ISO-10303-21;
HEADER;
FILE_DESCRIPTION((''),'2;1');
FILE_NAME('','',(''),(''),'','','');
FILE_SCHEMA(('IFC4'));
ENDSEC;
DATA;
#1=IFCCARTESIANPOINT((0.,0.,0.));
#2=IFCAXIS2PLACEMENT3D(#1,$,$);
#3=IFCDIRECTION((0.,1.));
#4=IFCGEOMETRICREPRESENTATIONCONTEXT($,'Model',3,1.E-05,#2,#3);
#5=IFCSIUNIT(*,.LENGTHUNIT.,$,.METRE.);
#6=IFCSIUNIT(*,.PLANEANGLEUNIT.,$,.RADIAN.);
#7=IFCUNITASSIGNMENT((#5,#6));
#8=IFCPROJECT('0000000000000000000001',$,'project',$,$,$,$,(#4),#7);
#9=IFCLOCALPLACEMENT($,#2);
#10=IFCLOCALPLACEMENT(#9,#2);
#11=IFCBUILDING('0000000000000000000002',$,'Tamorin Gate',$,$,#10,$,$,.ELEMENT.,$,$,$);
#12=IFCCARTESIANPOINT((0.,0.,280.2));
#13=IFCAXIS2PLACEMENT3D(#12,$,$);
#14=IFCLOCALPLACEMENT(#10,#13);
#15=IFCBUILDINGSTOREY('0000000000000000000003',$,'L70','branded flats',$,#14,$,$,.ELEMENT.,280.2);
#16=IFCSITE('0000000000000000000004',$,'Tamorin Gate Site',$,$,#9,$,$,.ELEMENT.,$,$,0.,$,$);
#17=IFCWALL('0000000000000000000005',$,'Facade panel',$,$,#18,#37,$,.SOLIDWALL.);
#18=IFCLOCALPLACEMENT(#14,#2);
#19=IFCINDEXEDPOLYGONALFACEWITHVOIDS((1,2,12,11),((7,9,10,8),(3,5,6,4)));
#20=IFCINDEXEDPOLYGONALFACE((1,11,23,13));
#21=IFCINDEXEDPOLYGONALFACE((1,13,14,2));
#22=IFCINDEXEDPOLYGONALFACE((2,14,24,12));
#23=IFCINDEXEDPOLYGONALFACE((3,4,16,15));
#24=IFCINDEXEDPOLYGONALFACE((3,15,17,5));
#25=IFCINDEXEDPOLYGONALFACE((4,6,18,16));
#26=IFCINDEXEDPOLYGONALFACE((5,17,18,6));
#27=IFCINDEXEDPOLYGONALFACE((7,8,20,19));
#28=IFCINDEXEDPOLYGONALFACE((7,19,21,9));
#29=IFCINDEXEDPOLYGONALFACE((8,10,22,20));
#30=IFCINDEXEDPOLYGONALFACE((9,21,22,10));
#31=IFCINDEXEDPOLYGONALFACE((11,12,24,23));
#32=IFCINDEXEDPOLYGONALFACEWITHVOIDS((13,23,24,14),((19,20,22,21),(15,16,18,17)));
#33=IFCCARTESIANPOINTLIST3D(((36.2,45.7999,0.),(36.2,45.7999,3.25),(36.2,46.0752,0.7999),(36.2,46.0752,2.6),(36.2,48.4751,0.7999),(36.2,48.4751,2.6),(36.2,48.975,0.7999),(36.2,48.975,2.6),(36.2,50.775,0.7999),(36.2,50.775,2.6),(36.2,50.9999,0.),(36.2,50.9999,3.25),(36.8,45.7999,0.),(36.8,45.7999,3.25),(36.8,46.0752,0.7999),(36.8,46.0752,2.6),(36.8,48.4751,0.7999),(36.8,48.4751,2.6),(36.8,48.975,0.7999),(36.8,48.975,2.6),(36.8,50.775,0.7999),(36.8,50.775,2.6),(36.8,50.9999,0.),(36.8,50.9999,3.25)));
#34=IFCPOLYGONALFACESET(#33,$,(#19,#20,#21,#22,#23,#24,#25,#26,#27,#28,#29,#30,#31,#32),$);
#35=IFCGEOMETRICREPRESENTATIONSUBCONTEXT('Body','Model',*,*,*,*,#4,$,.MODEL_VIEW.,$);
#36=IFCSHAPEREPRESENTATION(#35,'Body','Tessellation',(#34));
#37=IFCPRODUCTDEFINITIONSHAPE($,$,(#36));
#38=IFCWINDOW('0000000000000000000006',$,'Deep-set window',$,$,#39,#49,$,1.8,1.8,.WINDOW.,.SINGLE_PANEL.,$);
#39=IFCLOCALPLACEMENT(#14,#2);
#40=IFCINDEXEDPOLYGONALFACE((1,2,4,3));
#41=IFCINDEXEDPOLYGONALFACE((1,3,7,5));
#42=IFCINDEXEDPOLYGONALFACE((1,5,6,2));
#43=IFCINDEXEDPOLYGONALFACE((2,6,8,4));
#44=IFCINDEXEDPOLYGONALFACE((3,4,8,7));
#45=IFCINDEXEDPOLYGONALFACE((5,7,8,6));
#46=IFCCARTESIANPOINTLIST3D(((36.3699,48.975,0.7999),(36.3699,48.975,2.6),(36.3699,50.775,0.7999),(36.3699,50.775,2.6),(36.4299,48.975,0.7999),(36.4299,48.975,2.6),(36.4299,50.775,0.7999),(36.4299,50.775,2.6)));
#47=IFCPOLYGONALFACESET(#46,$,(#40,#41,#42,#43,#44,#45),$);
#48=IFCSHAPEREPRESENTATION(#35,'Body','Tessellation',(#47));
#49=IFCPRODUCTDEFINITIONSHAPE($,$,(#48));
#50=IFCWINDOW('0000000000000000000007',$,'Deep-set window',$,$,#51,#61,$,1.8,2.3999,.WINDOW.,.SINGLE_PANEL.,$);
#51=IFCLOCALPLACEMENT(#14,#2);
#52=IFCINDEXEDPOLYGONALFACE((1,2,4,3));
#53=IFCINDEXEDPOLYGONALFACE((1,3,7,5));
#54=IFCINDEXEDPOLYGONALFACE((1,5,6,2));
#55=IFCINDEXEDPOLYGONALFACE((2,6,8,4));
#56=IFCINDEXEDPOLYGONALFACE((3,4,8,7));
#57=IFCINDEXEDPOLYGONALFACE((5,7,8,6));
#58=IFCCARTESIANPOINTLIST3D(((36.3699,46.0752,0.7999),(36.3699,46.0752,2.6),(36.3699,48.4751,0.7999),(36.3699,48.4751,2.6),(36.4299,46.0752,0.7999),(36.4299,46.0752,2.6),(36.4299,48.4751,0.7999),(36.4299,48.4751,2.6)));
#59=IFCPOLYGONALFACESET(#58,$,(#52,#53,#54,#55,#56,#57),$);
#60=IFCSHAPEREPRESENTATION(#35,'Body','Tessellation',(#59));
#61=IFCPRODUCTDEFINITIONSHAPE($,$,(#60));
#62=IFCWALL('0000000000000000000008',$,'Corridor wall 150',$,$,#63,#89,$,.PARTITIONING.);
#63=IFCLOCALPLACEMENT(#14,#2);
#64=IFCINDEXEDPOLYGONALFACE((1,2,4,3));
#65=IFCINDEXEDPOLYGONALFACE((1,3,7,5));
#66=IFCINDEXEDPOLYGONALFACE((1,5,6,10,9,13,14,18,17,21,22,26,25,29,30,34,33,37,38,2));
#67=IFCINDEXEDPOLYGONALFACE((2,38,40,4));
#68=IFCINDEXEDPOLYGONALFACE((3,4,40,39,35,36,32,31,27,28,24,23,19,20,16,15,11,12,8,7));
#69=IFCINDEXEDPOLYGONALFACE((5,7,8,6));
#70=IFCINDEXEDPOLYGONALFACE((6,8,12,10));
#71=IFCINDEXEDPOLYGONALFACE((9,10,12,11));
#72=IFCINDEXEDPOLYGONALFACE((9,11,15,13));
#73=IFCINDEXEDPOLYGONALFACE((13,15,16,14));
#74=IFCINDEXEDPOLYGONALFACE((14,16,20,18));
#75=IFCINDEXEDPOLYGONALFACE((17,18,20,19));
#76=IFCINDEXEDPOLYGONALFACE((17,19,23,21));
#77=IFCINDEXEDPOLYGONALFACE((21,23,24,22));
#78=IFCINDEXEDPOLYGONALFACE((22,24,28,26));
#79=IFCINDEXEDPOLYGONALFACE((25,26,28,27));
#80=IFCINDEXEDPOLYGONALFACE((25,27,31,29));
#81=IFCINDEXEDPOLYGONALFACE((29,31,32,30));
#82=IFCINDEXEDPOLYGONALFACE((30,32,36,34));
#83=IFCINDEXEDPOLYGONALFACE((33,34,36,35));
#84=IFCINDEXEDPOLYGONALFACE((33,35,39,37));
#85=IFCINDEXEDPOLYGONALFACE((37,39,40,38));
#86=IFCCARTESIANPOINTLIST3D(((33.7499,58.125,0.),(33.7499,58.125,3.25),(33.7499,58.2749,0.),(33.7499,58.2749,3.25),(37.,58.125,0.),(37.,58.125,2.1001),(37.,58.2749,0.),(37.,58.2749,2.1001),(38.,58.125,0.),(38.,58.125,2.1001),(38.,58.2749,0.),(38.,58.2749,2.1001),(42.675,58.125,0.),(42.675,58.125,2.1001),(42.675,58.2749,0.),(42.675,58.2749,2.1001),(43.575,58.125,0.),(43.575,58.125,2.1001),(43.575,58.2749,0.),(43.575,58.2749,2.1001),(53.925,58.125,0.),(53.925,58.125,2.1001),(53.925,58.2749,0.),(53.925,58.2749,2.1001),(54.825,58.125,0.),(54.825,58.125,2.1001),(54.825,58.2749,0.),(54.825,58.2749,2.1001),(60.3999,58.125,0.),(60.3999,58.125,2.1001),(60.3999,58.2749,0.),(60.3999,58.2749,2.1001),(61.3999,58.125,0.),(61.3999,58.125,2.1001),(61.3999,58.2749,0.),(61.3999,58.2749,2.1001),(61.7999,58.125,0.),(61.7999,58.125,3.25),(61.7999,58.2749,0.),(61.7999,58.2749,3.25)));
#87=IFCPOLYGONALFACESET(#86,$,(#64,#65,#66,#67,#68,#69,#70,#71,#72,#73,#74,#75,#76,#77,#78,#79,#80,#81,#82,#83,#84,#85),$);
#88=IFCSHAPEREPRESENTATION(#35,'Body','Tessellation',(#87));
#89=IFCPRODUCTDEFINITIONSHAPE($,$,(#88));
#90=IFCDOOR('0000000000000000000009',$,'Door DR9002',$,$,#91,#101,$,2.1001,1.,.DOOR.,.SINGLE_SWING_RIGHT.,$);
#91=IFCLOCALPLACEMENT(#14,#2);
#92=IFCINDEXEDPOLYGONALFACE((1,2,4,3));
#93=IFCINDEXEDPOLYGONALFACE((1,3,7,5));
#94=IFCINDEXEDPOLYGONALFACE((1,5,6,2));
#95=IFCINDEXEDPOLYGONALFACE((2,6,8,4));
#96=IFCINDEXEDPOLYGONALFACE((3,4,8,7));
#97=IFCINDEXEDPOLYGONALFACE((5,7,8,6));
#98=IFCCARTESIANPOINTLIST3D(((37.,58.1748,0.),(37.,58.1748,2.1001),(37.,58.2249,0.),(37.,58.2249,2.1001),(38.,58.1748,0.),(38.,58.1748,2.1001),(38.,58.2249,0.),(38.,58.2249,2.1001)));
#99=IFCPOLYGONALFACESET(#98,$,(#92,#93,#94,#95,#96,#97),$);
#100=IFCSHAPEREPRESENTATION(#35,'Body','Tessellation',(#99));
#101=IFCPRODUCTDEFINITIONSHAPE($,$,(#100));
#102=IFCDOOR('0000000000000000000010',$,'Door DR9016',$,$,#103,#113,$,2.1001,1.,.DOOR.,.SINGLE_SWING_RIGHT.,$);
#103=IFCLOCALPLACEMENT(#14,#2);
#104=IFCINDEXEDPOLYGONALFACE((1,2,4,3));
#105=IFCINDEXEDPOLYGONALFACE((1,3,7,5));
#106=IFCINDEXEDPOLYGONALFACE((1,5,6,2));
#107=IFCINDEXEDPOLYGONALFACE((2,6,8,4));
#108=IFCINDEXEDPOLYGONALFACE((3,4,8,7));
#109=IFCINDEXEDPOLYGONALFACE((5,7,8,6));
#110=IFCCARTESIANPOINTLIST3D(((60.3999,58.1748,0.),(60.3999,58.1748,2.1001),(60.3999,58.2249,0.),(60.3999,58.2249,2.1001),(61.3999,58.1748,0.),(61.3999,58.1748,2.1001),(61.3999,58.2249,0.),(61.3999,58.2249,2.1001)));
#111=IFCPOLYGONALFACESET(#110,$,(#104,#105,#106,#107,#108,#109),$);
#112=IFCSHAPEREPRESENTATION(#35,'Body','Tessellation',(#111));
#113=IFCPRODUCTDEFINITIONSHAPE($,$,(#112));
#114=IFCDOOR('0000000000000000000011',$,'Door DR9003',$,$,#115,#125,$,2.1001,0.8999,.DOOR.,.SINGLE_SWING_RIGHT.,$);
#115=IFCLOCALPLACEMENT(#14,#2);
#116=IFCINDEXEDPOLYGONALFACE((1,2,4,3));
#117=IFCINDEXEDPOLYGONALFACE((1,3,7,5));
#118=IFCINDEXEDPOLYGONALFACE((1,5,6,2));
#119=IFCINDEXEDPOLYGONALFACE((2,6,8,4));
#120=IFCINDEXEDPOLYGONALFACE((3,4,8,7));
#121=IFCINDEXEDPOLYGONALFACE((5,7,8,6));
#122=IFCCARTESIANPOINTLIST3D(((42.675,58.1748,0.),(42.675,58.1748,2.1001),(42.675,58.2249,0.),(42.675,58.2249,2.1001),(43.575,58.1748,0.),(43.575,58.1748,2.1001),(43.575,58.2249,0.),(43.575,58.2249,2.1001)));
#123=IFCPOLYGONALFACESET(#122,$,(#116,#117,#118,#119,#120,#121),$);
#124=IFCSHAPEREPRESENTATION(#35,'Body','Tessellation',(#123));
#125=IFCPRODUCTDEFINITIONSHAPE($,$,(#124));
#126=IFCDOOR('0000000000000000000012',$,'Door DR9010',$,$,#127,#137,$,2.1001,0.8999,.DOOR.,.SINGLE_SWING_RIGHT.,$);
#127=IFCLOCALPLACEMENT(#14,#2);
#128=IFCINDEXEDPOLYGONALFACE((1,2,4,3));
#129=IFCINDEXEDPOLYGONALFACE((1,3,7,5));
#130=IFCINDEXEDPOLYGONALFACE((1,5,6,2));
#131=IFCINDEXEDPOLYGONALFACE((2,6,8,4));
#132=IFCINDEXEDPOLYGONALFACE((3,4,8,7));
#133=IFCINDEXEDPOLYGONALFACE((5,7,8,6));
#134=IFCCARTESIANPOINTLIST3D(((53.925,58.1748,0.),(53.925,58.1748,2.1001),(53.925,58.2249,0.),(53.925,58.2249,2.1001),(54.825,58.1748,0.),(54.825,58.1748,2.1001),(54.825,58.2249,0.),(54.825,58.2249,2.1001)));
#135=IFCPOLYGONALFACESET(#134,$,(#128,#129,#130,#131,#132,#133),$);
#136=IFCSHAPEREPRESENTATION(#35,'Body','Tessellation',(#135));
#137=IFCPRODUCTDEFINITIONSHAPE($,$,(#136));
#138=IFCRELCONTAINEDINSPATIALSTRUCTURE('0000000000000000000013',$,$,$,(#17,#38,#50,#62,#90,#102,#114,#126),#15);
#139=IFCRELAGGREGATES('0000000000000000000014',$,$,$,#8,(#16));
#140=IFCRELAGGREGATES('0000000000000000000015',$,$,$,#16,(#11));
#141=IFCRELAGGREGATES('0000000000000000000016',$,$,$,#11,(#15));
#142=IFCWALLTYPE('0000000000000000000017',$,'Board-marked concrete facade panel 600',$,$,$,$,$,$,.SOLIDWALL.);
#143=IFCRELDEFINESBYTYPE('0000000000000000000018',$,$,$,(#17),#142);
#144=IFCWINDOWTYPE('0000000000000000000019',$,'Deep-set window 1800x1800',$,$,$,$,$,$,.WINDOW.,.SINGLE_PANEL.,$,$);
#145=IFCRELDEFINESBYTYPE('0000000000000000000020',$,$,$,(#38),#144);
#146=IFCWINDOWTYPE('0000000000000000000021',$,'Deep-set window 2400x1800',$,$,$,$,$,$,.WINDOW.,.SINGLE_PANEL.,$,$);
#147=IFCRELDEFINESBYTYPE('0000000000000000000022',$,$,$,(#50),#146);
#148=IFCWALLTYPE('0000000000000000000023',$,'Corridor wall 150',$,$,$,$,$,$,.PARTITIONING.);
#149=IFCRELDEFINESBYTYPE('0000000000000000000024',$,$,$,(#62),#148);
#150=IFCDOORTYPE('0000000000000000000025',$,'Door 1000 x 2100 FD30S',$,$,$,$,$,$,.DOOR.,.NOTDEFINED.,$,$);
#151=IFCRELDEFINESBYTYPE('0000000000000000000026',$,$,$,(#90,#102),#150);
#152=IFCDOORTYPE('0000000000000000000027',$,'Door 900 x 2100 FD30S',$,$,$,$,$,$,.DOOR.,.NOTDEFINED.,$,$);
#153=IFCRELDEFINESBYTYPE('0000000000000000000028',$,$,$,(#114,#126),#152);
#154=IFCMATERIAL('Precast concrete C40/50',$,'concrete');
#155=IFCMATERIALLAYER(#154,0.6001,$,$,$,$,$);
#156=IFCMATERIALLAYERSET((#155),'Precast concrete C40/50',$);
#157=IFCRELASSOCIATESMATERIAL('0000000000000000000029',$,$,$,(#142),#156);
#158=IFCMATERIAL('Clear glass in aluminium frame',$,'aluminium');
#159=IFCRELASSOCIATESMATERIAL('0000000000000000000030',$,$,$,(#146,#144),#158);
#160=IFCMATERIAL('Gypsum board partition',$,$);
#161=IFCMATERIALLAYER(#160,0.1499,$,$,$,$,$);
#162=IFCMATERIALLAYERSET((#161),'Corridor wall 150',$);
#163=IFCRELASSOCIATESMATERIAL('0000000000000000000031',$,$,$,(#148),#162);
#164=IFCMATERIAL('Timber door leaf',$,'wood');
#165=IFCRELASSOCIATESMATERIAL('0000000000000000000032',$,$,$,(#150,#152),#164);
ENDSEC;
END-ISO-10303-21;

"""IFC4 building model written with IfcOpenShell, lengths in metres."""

from ifc_helpers import new_model, si_unit, direction, frame, frame_2d, origin, place, context, subcontext, project, spatial, rectangle, extrude, material, layer, layer_set, type_object, element, fill, save


model = new_model("IFC4")

# Units and contexts
model_context = context("Model", 3, precision=1e-05, world=origin(), true_north=direction((0.0, 1.0)))
body_context = subcontext(model_context, "Body", "Model", "MODEL_VIEW")
ifc_project = project(units=[si_unit("LENGTHUNIT", "METRE"), si_unit("PLANEANGLEUNIT", "RADIAN")], contexts=[model_context])

# Site, building, storey
site_placement = place(None, origin())
site = spatial("IfcSite", under=ifc_project, at=site_placement, Name="Tamorin Gate Site", CompositionType="ELEMENT", RefElevation=0.0)
building_placement = place(site_placement, origin())
building = spatial("IfcBuilding", under=site, at=building_placement, Name="Tamorin Gate", CompositionType="ELEMENT")
storey_placement = place(building_placement, frame((0.0, 0.0, 280.2)))
storey = spatial("IfcBuildingStorey", under=building, at=storey_placement, Name="L70", Description="branded flats", CompositionType="ELEMENT", Elevation=280.2)

# Shared definitions
ifc_material_1 = material(Name="Precast concrete C40/50", Category="concrete")
ifc_layer_1 = layer(ifc_material_1, 0.6001)
ifc_layer_set_1 = layer_set([ifc_layer_1], Name="Precast concrete C40/50")
wall_type_1 = type_object("IfcWallType", Name="Board-marked concrete facade panel 600", PredefinedType="SOLIDWALL", material=ifc_layer_set_1)
ifc_material_2 = material(Name="Clear glass in aluminium frame", Category="aluminium")
window_type_1 = type_object("IfcWindowType", Name="Deep-set window 2400x1800", PartitioningType="SINGLE_PANEL", PredefinedType="WINDOW", material=ifc_material_2)

# Wall, openings, windows
window_type_2 = type_object("IfcWindowType", Name="Deep-set window 1800x1800", PartitioningType="SINGLE_PANEL", PredefinedType="WINDOW", material=ifc_material_2)
wall_1_placement = place(storey_placement, frame((36.5, 51.0, 0.0), z_axis=(0.0, 0.0, 1.0), x_axis=(0.0, -1.0, 0.0)))
wall_1 = element("IfcWall", 1, at=wall_1_placement, inside=storey, type_object=wall_type_1, Name="Facade panel", PredefinedType="SOLIDWALL", context=body_context, shape_type="SweptSolid", body=[
    extrude(rectangle(XDim=5.2, YDim=0.6001, at=frame_2d((2.6001, 0.0))), origin(), (0.0, 0.0, 1.0), 3.25),
])
opening_1_placement = place(wall_1_placement, frame((2.5249, 0.0, 0.8)))
opening_1 = element("IfcOpeningElement", 2, at=opening_1_placement, cuts=wall_1, PredefinedType="OPENING", context=body_context, shape_type="SweptSolid", body=[
    extrude(rectangle(XDim=2.3999, YDim=1.8, at=frame_2d((1.2, 0.8999))), frame((0.0, 0.3101, 0.0), z_axis=(0.0, -1.0, 0.0), x_axis=(1.0, 0.0, 0.0)), (0.0, 0.0, 1.0), 0.6201),
])
opening_2_placement = place(wall_1_placement, frame((0.2251, 0.0, 0.8)))
opening_2 = element("IfcOpeningElement", 3, at=opening_2_placement, cuts=wall_1, PredefinedType="OPENING", context=body_context, shape_type="SweptSolid", body=[
    extrude(rectangle(XDim=1.8, YDim=1.8, at=frame_2d((0.8999, 0.8999))), frame((0.0, 0.3101, 0.0), z_axis=(0.0, -1.0, 0.0), x_axis=(1.0, 0.0, 0.0)), (0.0, 0.0, 1.0), 0.6201),
])
window_1_placement = place(opening_2_placement, origin())
window_1 = element("IfcWindow", 4, at=window_1_placement, inside=storey, type_object=window_type_2, Name="Deep-set window", OverallHeight=1.8, OverallWidth=1.8, PartitioningType="SINGLE_PANEL", PredefinedType="WINDOW", context=body_context, shape_type="SweptSolid", body=[
    extrude(rectangle(XDim=1.8, YDim=1.8, at=frame_2d((0.8999, 0.8999))), frame((0.0, -0.0701, 0.0), z_axis=(0.0, -1.0, 0.0), x_axis=(1.0, 0.0, 0.0)), (0.0, 0.0, 1.0), 0.0601),
])
fill(opening_2, window_1)
window_2_placement = place(opening_1_placement, origin())
window_2 = element("IfcWindow", 5, at=window_2_placement, inside=storey, type_object=window_type_1, Name="Deep-set window", OverallHeight=1.8, OverallWidth=2.3999, PartitioningType="SINGLE_PANEL", PredefinedType="WINDOW", context=body_context, shape_type="SweptSolid", body=[
    extrude(rectangle(XDim=2.3999, YDim=1.8, at=frame_2d((1.2, 0.8999))), frame((0.0, -0.0701, 0.0), z_axis=(0.0, -1.0, 0.0), x_axis=(1.0, 0.0, 0.0)), (0.0, 0.0, 1.0), 0.0601),
])
fill(opening_1, window_2)

# Wall, openings, doors
ifc_material_3 = material(Name="Gypsum board partition")
ifc_layer_2 = layer(ifc_material_3, 0.1499)
ifc_layer_set_2 = layer_set([ifc_layer_2], Name="Corridor wall 150")
wall_type_2 = type_object("IfcWallType", Name="Corridor wall 150", PredefinedType="PARTITIONING", material=ifc_layer_set_2)
wall_2_placement = place(storey_placement, frame((33.75, 58.2, 0.0), z_axis=(0.0, 0.0, 1.0), x_axis=(1.0, 0.0, 0.0)))
wall_2 = element("IfcWall", 6, at=wall_2_placement, inside=storey, type_object=wall_type_2, Name="Corridor wall 150", PredefinedType="PARTITIONING", context=body_context, shape_type="SweptSolid", body=[
    extrude(rectangle(XDim=28.05, YDim=0.1499, at=frame_2d((14.0249, 0.0))), origin(), (0.0, 0.0, 1.0), 3.25),
])
opening_3_placement = place(wall_2_placement, frame((3.25, 0.0, 0.0)))
opening_3 = element("IfcOpeningElement", 7, at=opening_3_placement, cuts=wall_2, PredefinedType="OPENING", context=body_context, shape_type="SweptSolid", body=[
    extrude(rectangle(XDim=1.0, YDim=2.1001, at=frame_2d((0.5, 1.05))), frame((0.0, 0.085, 0.0), z_axis=(0.0, -1.0, 0.0), x_axis=(1.0, 0.0, 0.0)), (0.0, 0.0, 1.0), 0.1699),
])
opening_4_placement = place(wall_2_placement, frame((8.925, 0.0, 0.0)))
opening_4 = element("IfcOpeningElement", 8, at=opening_4_placement, cuts=wall_2, PredefinedType="OPENING", context=body_context, shape_type="SweptSolid", body=[
    extrude(rectangle(XDim=0.8999, YDim=2.1001, at=frame_2d((0.45, 1.05))), frame((0.0, 0.085, 0.0), z_axis=(0.0, -1.0, 0.0), x_axis=(1.0, 0.0, 0.0)), (0.0, 0.0, 1.0), 0.1699),
])
opening_5_placement = place(wall_2_placement, frame((20.175, 0.0, 0.0)))
opening_5 = element("IfcOpeningElement", 9, at=opening_5_placement, cuts=wall_2, PredefinedType="OPENING", context=body_context, shape_type="SweptSolid", body=[
    extrude(rectangle(XDim=0.8999, YDim=2.1001, at=frame_2d((0.45, 1.05))), frame((0.0, 0.085, 0.0), z_axis=(0.0, -1.0, 0.0), x_axis=(1.0, 0.0, 0.0)), (0.0, 0.0, 1.0), 0.1699),
])
opening_6_placement = place(wall_2_placement, frame((26.6499, 0.0, 0.0)))
opening_6 = element("IfcOpeningElement", 10, at=opening_6_placement, cuts=wall_2, PredefinedType="OPENING", context=body_context, shape_type="SweptSolid", body=[
    extrude(rectangle(XDim=1.0, YDim=2.1001, at=frame_2d((0.5, 1.05))), frame((0.0, 0.085, 0.0), z_axis=(0.0, -1.0, 0.0), x_axis=(1.0, 0.0, 0.0)), (0.0, 0.0, 1.0), 0.1699),
])
ifc_material_4 = material(Name="Timber door leaf", Category="wood")
door_type_1 = type_object("IfcDoorType", Name="Door 1000 x 2100 FD30S", OperationType="NOTDEFINED", PredefinedType="DOOR", material=ifc_material_4)
door_1_placement = place(opening_3_placement, origin())
door_1 = element("IfcDoor", 11, at=door_1_placement, inside=storey, type_object=door_type_1, Name="Door DR9002", OperationType="SINGLE_SWING_RIGHT", OverallHeight=2.1001, OverallWidth=1.0, PredefinedType="DOOR", context=body_context, shape_type="SweptSolid", body=[
    extrude(rectangle(XDim=1.0, YDim=2.1001, at=frame_2d((0.5, 1.05))), frame((0.0, 0.0249, 0.0), z_axis=(0.0, -1.0, 0.0), x_axis=(1.0, 0.0, 0.0)), (0.0, 0.0, 1.0), 0.05),
])
fill(opening_3, door_1)
door_2_placement = place(opening_6_placement, origin())
door_2 = element("IfcDoor", 12, at=door_2_placement, inside=storey, type_object=door_type_1, Name="Door DR9016", OperationType="SINGLE_SWING_RIGHT", OverallHeight=2.1001, OverallWidth=1.0, PredefinedType="DOOR", context=body_context, shape_type="SweptSolid", body=[
    extrude(rectangle(XDim=1.0, YDim=2.1001, at=frame_2d((0.5, 1.05))), frame((0.0, 0.0249, 0.0), z_axis=(0.0, -1.0, 0.0), x_axis=(1.0, 0.0, 0.0)), (0.0, 0.0, 1.0), 0.05),
])
fill(opening_6, door_2)
door_type_2 = type_object("IfcDoorType", Name="Door 900 x 2100 FD30S", OperationType="NOTDEFINED", PredefinedType="DOOR", material=ifc_material_4)
door_3_placement = place(opening_4_placement, origin())
door_3 = element("IfcDoor", 13, at=door_3_placement, inside=storey, type_object=door_type_2, Name="Door DR9003", OperationType="SINGLE_SWING_RIGHT", OverallHeight=2.1001, OverallWidth=0.8999, PredefinedType="DOOR", context=body_context, shape_type="SweptSolid", body=[
    extrude(rectangle(XDim=0.8999, YDim=2.1001, at=frame_2d((0.45, 1.05))), frame((0.0, 0.0249, 0.0), z_axis=(0.0, -1.0, 0.0), x_axis=(1.0, 0.0, 0.0)), (0.0, 0.0, 1.0), 0.05),
])
fill(opening_4, door_3)
door_4_placement = place(opening_5_placement, origin())
door_4 = element("IfcDoor", 14, at=door_4_placement, inside=storey, type_object=door_type_2, Name="Door DR9010", OperationType="SINGLE_SWING_RIGHT", OverallHeight=2.1001, OverallWidth=0.8999, PredefinedType="DOOR", context=body_context, shape_type="SweptSolid", body=[
    extrude(rectangle(XDim=0.8999, YDim=2.1001, at=frame_2d((0.45, 1.05))), frame((0.0, 0.0249, 0.0), z_axis=(0.0, -1.0, 0.0), x_axis=(1.0, 0.0, 0.0)), (0.0, 0.0, 1.0), 0.05),
])
fill(opening_5, door_4)

save(model, "model.ifc")
